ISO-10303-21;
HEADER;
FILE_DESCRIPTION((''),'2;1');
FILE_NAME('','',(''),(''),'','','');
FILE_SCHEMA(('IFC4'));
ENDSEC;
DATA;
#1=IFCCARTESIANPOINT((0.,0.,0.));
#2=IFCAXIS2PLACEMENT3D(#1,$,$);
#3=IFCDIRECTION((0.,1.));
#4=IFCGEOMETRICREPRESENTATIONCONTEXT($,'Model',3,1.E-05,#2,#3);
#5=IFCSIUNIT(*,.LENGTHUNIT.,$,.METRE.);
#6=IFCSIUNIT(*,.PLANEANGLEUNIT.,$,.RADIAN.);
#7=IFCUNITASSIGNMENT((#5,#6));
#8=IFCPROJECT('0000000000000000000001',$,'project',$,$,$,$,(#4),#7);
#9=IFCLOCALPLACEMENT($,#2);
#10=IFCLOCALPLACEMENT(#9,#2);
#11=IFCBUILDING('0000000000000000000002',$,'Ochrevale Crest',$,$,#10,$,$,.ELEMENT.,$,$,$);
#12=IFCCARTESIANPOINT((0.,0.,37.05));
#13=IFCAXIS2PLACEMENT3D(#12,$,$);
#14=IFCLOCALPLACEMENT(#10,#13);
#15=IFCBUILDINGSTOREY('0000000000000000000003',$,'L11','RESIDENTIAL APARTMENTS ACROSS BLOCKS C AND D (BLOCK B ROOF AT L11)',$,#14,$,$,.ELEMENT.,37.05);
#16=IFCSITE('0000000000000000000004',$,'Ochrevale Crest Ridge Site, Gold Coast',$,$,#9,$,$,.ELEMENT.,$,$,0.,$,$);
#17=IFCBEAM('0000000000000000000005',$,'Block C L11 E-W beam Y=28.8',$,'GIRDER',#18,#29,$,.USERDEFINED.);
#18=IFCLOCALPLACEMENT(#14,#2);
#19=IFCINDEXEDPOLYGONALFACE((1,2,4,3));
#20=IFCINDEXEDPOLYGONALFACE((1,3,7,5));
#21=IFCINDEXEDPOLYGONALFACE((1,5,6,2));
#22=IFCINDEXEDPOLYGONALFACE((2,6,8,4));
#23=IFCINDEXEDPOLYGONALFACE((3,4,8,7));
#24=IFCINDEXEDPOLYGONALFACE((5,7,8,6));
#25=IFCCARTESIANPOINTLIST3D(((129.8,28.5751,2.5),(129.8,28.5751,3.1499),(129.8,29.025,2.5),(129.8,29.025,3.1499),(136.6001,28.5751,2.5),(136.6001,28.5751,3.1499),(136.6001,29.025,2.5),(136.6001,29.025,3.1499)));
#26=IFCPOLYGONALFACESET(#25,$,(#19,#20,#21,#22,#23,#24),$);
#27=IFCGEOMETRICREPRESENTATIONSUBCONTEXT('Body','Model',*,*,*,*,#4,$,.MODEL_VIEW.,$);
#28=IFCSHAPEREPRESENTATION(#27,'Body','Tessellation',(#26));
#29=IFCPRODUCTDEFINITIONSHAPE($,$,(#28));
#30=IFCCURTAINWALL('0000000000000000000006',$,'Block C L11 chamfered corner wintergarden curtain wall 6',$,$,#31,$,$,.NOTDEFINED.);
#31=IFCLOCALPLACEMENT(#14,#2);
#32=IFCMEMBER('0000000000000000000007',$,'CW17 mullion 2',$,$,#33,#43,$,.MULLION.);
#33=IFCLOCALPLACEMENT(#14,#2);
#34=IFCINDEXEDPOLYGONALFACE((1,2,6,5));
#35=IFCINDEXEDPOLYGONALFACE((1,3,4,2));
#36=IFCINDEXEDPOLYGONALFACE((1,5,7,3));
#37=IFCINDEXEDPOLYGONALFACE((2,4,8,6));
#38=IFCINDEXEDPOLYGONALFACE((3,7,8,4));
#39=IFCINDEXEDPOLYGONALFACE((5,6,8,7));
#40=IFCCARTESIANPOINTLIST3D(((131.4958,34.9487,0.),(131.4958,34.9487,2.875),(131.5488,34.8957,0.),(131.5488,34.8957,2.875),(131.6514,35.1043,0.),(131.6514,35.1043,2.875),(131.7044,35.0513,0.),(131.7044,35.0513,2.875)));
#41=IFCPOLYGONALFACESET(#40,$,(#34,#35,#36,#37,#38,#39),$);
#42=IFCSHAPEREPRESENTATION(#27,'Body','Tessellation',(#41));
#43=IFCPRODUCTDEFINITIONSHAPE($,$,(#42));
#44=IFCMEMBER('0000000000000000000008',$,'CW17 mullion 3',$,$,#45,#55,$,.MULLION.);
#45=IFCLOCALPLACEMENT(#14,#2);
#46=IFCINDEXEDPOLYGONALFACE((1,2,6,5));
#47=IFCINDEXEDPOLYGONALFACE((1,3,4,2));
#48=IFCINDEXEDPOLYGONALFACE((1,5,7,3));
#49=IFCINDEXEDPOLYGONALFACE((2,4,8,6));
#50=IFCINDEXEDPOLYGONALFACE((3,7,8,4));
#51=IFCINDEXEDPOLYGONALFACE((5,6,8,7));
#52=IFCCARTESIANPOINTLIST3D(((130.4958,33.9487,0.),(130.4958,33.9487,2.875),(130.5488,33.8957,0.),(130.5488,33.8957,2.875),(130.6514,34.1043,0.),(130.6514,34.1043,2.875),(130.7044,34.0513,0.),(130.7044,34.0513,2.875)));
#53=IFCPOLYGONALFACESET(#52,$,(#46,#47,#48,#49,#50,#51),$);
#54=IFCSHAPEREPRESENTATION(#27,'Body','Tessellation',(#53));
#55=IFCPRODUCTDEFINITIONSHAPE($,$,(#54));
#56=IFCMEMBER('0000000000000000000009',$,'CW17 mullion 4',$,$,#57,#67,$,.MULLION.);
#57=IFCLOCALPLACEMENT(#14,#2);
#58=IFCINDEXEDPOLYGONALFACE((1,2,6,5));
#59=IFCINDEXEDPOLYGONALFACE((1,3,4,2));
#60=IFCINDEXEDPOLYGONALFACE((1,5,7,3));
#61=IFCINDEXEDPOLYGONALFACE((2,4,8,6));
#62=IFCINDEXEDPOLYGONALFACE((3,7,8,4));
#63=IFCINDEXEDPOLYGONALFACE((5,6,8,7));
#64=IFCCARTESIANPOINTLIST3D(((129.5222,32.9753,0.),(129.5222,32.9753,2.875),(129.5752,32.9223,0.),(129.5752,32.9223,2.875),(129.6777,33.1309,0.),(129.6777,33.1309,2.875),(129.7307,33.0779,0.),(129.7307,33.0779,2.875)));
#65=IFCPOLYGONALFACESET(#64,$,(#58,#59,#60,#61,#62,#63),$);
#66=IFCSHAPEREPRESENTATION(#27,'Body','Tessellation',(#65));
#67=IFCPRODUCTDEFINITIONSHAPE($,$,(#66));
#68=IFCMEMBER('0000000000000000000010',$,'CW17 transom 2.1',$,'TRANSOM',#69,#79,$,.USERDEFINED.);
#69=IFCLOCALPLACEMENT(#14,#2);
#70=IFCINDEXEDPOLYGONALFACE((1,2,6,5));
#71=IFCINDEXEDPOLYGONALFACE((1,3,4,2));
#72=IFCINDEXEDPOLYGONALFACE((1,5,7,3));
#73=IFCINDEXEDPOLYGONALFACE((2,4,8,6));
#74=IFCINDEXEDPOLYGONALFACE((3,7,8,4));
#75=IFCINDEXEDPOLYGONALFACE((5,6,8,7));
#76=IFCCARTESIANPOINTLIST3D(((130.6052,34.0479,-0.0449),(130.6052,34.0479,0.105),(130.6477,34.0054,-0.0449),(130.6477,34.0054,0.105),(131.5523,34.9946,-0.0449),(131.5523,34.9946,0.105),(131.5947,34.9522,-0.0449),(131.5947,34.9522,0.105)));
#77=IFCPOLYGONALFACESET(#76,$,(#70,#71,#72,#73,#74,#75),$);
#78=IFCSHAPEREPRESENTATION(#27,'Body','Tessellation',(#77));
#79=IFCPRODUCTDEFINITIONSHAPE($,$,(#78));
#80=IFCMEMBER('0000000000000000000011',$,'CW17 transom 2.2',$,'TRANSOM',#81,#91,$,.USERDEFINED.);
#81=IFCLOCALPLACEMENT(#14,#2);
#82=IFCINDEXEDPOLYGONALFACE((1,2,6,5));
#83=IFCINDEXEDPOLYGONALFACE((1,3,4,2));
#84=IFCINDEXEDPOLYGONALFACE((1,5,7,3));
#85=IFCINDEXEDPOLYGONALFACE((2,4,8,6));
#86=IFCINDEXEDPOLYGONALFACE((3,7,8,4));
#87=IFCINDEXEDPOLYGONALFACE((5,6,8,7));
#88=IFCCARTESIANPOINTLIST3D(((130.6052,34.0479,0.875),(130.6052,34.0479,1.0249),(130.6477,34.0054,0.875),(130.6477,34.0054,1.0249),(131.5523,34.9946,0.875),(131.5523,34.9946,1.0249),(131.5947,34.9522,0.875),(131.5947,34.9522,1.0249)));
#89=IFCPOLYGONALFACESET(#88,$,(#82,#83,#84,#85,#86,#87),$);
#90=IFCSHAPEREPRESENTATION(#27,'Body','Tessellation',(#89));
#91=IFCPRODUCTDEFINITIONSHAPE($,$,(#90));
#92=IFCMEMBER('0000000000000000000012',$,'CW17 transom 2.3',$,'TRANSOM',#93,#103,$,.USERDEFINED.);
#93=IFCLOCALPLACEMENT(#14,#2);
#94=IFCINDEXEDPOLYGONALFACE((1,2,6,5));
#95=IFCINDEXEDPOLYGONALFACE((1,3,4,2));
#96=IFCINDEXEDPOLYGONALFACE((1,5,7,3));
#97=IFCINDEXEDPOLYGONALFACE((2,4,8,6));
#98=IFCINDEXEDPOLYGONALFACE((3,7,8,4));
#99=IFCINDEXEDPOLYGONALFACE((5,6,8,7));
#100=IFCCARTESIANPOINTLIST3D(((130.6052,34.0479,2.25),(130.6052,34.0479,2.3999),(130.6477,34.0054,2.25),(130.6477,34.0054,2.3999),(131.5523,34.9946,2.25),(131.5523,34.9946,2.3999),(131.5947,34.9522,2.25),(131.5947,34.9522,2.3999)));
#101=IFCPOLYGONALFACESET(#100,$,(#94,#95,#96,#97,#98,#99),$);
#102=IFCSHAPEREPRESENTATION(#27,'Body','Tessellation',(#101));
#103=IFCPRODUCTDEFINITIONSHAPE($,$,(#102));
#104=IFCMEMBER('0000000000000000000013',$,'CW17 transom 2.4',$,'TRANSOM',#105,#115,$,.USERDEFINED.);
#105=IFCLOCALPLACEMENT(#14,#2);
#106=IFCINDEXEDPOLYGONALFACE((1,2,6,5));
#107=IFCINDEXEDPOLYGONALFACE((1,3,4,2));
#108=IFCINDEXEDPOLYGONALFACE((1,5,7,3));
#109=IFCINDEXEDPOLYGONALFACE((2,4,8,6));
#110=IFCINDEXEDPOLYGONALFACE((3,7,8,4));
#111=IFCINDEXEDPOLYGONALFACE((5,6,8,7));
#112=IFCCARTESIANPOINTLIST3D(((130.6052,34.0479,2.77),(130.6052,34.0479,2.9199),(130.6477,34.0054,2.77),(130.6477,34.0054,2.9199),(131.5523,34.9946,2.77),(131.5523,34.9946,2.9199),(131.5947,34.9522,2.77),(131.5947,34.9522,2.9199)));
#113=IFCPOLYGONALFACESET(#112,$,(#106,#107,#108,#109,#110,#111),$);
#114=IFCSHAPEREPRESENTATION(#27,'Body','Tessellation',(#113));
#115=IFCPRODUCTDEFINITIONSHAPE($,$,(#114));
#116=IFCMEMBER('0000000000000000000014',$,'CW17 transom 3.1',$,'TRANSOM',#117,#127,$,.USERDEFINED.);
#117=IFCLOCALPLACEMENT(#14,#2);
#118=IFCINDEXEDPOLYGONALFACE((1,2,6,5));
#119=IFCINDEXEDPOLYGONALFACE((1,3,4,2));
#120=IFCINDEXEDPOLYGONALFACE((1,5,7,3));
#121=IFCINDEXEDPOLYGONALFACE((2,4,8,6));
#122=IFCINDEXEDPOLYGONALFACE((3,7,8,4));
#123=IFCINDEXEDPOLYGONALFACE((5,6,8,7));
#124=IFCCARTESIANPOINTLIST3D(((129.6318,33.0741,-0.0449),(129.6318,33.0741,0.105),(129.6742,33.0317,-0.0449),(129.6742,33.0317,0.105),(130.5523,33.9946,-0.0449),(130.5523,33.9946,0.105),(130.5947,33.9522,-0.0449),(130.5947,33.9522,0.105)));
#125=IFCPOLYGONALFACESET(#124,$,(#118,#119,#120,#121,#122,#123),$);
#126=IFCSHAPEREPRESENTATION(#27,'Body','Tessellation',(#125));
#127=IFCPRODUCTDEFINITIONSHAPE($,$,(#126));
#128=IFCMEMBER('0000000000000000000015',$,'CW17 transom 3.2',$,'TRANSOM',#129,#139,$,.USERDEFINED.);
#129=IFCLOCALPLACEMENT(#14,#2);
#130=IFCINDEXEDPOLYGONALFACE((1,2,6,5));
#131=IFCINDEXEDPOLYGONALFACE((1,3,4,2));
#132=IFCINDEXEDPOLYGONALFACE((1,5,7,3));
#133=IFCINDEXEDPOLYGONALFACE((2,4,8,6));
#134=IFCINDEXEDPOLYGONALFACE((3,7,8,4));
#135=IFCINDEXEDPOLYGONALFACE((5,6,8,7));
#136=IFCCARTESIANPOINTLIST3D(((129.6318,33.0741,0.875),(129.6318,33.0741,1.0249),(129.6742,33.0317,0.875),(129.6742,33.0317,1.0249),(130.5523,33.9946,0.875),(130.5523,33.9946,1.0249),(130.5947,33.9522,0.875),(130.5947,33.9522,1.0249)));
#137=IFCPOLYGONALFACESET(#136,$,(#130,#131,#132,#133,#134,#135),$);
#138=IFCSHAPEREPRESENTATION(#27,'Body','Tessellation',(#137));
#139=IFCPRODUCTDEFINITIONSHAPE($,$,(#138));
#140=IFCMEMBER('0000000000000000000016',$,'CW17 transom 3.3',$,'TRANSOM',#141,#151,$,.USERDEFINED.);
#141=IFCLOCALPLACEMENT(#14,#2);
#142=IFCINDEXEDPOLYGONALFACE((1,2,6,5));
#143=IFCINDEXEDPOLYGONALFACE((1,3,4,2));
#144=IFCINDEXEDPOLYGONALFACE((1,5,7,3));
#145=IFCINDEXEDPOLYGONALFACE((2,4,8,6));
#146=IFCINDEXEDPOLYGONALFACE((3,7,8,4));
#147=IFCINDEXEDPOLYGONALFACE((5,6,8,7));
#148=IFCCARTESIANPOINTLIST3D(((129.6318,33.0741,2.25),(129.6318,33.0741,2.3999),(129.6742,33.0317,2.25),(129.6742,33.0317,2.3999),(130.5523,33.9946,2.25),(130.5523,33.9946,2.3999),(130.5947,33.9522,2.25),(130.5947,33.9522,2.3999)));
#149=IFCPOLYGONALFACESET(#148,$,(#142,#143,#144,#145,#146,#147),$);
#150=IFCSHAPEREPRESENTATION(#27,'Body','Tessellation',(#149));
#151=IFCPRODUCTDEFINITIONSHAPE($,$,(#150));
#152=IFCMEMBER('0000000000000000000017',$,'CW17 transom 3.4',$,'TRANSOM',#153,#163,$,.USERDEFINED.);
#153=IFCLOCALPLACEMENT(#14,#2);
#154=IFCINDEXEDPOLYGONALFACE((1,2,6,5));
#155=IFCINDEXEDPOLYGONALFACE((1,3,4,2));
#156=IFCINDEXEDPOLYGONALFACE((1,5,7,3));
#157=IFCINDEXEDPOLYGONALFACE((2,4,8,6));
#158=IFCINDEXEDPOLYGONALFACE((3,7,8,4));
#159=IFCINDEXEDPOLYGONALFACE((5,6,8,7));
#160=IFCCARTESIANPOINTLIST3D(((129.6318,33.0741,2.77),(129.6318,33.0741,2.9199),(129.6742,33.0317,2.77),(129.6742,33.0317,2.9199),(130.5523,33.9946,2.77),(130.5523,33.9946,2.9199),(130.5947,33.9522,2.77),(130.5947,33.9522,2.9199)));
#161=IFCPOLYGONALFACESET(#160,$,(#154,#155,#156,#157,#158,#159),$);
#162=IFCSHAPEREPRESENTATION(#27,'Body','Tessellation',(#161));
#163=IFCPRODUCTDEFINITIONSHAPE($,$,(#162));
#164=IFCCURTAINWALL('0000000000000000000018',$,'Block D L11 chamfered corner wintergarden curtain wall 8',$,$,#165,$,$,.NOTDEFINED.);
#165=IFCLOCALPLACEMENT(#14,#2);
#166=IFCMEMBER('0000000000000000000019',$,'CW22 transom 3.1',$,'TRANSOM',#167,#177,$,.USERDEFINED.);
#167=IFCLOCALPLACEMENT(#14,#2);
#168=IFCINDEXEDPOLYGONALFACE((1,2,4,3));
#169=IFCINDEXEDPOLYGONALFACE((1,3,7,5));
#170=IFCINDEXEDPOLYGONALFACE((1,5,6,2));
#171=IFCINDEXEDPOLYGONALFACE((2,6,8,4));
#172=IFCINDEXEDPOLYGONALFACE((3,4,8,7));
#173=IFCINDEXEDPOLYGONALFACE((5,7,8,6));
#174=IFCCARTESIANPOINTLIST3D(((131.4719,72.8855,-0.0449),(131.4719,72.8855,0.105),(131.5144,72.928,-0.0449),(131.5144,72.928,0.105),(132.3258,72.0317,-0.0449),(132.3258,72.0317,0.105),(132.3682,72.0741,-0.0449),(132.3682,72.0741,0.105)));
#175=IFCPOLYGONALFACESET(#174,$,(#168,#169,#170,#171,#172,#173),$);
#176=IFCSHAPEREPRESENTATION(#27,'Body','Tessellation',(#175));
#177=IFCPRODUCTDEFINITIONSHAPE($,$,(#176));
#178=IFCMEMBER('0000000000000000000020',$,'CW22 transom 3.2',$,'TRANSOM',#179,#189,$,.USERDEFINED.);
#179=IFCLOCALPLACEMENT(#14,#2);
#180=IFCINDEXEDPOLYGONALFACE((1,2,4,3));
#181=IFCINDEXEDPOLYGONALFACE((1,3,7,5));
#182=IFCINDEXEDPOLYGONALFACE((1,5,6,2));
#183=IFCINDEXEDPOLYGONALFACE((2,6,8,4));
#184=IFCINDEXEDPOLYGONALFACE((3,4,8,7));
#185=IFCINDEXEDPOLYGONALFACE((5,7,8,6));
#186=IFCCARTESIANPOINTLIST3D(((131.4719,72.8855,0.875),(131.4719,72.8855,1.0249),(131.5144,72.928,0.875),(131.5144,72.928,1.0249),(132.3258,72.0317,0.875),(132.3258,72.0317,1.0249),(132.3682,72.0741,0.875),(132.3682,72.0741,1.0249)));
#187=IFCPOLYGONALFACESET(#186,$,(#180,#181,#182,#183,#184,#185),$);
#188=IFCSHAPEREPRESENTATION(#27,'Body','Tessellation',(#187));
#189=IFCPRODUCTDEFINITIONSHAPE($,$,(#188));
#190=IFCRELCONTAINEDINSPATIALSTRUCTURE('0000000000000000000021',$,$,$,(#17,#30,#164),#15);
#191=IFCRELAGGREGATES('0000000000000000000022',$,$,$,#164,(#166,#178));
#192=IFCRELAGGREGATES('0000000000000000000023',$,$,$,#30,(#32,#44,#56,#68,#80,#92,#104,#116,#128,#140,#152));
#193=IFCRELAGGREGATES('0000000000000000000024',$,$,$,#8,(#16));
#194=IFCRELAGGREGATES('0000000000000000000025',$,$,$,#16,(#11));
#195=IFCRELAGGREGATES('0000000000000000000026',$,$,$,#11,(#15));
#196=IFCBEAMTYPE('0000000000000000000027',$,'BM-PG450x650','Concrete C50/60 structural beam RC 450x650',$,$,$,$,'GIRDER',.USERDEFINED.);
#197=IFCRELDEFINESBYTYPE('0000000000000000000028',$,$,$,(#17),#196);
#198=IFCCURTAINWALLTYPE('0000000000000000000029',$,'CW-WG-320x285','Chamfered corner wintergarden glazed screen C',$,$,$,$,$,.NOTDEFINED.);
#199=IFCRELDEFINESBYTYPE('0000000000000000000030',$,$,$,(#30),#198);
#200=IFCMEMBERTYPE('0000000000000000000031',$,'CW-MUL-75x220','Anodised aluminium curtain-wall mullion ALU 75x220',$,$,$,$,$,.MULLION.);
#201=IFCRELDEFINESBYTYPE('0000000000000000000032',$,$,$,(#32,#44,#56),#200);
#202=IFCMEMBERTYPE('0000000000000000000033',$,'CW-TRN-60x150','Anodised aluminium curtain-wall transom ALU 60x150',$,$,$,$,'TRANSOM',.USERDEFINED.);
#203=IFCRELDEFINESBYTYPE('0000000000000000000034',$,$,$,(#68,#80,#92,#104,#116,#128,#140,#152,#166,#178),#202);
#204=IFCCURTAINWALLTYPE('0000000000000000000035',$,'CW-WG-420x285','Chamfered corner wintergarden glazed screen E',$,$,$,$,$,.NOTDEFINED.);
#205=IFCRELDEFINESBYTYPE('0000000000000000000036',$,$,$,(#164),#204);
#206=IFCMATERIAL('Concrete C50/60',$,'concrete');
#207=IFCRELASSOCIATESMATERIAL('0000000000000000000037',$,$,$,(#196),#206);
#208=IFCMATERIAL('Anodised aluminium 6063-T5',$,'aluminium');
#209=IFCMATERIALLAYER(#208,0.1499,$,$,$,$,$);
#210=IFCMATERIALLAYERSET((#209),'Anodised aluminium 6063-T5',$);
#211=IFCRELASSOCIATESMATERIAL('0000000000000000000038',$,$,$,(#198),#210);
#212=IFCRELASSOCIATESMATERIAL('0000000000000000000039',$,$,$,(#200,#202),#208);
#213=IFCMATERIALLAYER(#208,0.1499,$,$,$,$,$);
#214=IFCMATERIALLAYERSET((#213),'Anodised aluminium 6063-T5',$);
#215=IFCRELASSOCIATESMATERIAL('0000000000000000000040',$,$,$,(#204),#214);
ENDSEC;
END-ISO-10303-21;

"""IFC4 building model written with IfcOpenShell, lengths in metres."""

from ifc_helpers import new_model, si_unit, direction, frame, origin, origin_2d, place, context, subcontext, project, spatial, rectangle, extrude, material, layer, layer_set, material_profile, profile_set, type_object, element, aggregate, save


model = new_model("IFC4")

# Units and contexts
model_context = context("Model", 3, precision=1e-05, world=origin(), true_north=direction((0.0, 1.0)))
body_context = subcontext(model_context, "Body", "Model", "MODEL_VIEW")
ifc_project = project(units=[si_unit("LENGTHUNIT", "METRE"), si_unit("PLANEANGLEUNIT", "RADIAN")], contexts=[model_context])

# Site, building, storey
site_placement = place(None, origin())
site = spatial("IfcSite", under=ifc_project, at=site_placement, Name="Ochrevale Crest Ridge Site, Gold Coast", CompositionType="ELEMENT", RefElevation=0.0)
building_placement = place(site_placement, origin())
building = spatial("IfcBuilding", under=site, at=building_placement, Name="Ochrevale Crest", CompositionType="ELEMENT")
storey_placement = place(building_placement, frame((0.0, 0.0, 37.05)))
storey = spatial("IfcBuildingStorey", under=building, at=storey_placement, Name="L11", Description="RESIDENTIAL APARTMENTS ACROSS BLOCKS C AND D (BLOCK B ROOF AT L11)", CompositionType="ELEMENT", Elevation=37.05)

# Beam
ifc_material_1 = material(Name="Concrete C50/60", Category="concrete")
ifc_material_profile_1 = material_profile(ifc_material_1, rectangle(XDim=0.45, YDim=0.6499, at=origin_2d()), Name="RC 450x650")
ifc_profile_set_1 = profile_set([ifc_material_profile_1], Name="Concrete C50/60")
beam_type = type_object("IfcBeamType", Name="BM-PG450x650", Description="Concrete C50/60 structural beam RC 450x650", ElementType="GIRDER", PredefinedType="USERDEFINED", material=ifc_profile_set_1)
beam_placement = place(storey_placement, frame((129.8, 28.8, 2.825), z_axis=(1.0, 0.0, 0.0), x_axis=(0.0, 1.0, 0.0)))
element("IfcBeam", 1, at=beam_placement, inside=storey, type_object=beam_type, Name="Block C L11 E-W beam Y=28.8", ObjectType="GIRDER", PredefinedType="USERDEFINED", context=body_context, shape_type="SweptSolid", body=[
    extrude(rectangle(XDim=0.45, YDim=0.6499, at=origin_2d()), origin(), (0.0, 0.0, 1.0), 6.8),
])

# Curtain walls, members
ifc_material_2 = material(Name="Anodised aluminium 6063-T5", Category="aluminium")
ifc_layer_1 = layer(ifc_material_2, 0.1499)
ifc_layer_set_1 = layer_set([ifc_layer_1], Name="Anodised aluminium 6063-T5")
curtain_wall_type_1 = type_object("IfcCurtainWallType", Name="CW-WG-320x285", Description="Chamfered corner wintergarden glazed screen C", PredefinedType="NOTDEFINED", material=ifc_layer_set_1)
curtain_wall_1_placement = place(storey_placement, origin())
curtain_wall_1 = element("IfcCurtainWall", 2, at=curtain_wall_1_placement, inside=storey, type_object=curtain_wall_type_1, Name="Block C L11 chamfered corner wintergarden curtain wall 6", PredefinedType="NOTDEFINED")
ifc_material_profile_2 = material_profile(ifc_material_2, rectangle(XDim=0.075, YDim=0.22, at=origin_2d()), Name="ALU 75x220")
ifc_profile_set_2 = profile_set([ifc_material_profile_2], Name="Anodised aluminium 6063-T5")
member_type_1 = type_object("IfcMemberType", Name="CW-MUL-75x220", Description="Anodised aluminium curtain-wall mullion ALU 75x220", PredefinedType="MULLION", material=ifc_profile_set_2)
member_1_placement = place(storey_placement, frame((131.6001, 35.0, 0.0), z_axis=(0.0, 0.0, 1.0), x_axis=(0.707107, -0.707107, 0.0)))
member_1 = element("IfcMember", 3, at=member_1_placement, type_object=member_type_1, Name="CW17 mullion 2", PredefinedType="MULLION", context=body_context, shape_type="SweptSolid", body=[
    extrude(rectangle(XDim=0.075, YDim=0.22, at=origin_2d()), origin(), (0.0, 0.0, 1.0), 2.875),
])
member_2_placement = place(storey_placement, frame((130.6001, 34.0, 0.0), z_axis=(0.0, 0.0, 1.0), x_axis=(0.707107, -0.707107, 0.0)))
member_2 = element("IfcMember", 4, at=member_2_placement, type_object=member_type_1, Name="CW17 mullion 3", PredefinedType="MULLION", context=body_context, shape_type="SweptSolid", body=[
    extrude(rectangle(XDim=0.075, YDim=0.22, at=origin_2d()), origin(), (0.0, 0.0, 1.0), 2.875),
])
member_3_placement = place(storey_placement, frame((129.6265, 33.0266, 0.0), z_axis=(0.0, 0.0, 1.0), x_axis=(0.707107, -0.707107, 0.0)))
member_3 = element("IfcMember", 5, at=member_3_placement, type_object=member_type_1, Name="CW17 mullion 4", PredefinedType="MULLION", context=body_context, shape_type="SweptSolid", body=[
    extrude(rectangle(XDim=0.075, YDim=0.22, at=origin_2d()), origin(), (0.0, 0.0, 1.0), 2.875),
])
ifc_material_profile_3 = material_profile(ifc_material_2, rectangle(XDim=0.0601, YDim=0.1499, at=origin_2d()), Name="ALU 60x150")
ifc_profile_set_3 = profile_set([ifc_material_profile_3], Name="Anodised aluminium 6063-T5")
member_type_2 = type_object("IfcMemberType", Name="CW-TRN-60x150", Description="Anodised aluminium curtain-wall transom ALU 60x150", ElementType="TRANSOM", PredefinedType="USERDEFINED", material=ifc_profile_set_3)
member_4_placement = place(storey_placement, frame((131.5735, 34.9734, 0.03), z_axis=(-0.707198, -0.707016, 0.0), x_axis=(0.707016, -0.707198, 0.0)))
member_4 = element("IfcMember", 6, at=member_4_placement, type_object=member_type_2, Name="CW17 transom 2.1", ObjectType="TRANSOM", PredefinedType="USERDEFINED", context=body_context, shape_type="SweptSolid", body=[
    extrude(rectangle(XDim=0.0601, YDim=0.1499, at=origin_2d()), origin(), (0.0, 0.0, 1.0), 1.3391),
])
member_5_placement = place(storey_placement, frame((131.5735, 34.9734, 0.95), z_axis=(-0.707198, -0.707016, 0.0), x_axis=(0.707016, -0.707198, 0.0)))
member_5 = element("IfcMember", 7, at=member_5_placement, type_object=member_type_2, Name="CW17 transom 2.2", ObjectType="TRANSOM", PredefinedType="USERDEFINED", context=body_context, shape_type="SweptSolid", body=[
    extrude(rectangle(XDim=0.0601, YDim=0.1499, at=origin_2d()), origin(), (0.0, 0.0, 1.0), 1.3391),
])
member_6_placement = place(storey_placement, frame((131.5735, 34.9734, 2.325), z_axis=(-0.707198, -0.707016, 0.0), x_axis=(0.707016, -0.707198, 0.0)))
member_6 = element("IfcMember", 8, at=member_6_placement, type_object=member_type_2, Name="CW17 transom 2.3", ObjectType="TRANSOM", PredefinedType="USERDEFINED", context=body_context, shape_type="SweptSolid", body=[
    extrude(rectangle(XDim=0.0601, YDim=0.1499, at=origin_2d()), origin(), (0.0, 0.0, 1.0), 1.3391),
])
member_7_placement = place(storey_placement, frame((131.5735, 34.9734, 2.845), z_axis=(-0.707198, -0.707016, 0.0), x_axis=(0.707016, -0.707198, 0.0)))
member_7 = element("IfcMember", 9, at=member_7_placement, type_object=member_type_2, Name="CW17 transom 2.4", ObjectType="TRANSOM", PredefinedType="USERDEFINED", context=body_context, shape_type="SweptSolid", body=[
    extrude(rectangle(XDim=0.0601, YDim=0.1499, at=origin_2d()), origin(), (0.0, 0.0, 1.0), 1.3391),
])
member_8_placement = place(storey_placement, frame((130.5735, 33.9734, 0.03), z_axis=(-0.707107, -0.707107, 0.0), x_axis=(0.707107, -0.707107, 0.0)))
member_8 = element("IfcMember", 10, at=member_8_placement, type_object=member_type_2, Name="CW17 transom 3.1", ObjectType="TRANSOM", PredefinedType="USERDEFINED", context=body_context, shape_type="SweptSolid", body=[
    extrude(rectangle(XDim=0.0601, YDim=0.1499, at=origin_2d()), origin(), (0.0, 0.0, 1.0), 1.3018),
])
member_9_placement = place(storey_placement, frame((130.5735, 33.9734, 0.95), z_axis=(-0.707107, -0.707107, 0.0), x_axis=(0.707107, -0.707107, 0.0)))
member_9 = element("IfcMember", 11, at=member_9_placement, type_object=member_type_2, Name="CW17 transom 3.2", ObjectType="TRANSOM", PredefinedType="USERDEFINED", context=body_context, shape_type="SweptSolid", body=[
    extrude(rectangle(XDim=0.0601, YDim=0.1499, at=origin_2d()), origin(), (0.0, 0.0, 1.0), 1.3018),
])
member_10_placement = place(storey_placement, frame((130.5735, 33.9734, 2.325), z_axis=(-0.707107, -0.707107, 0.0), x_axis=(0.707107, -0.707107, 0.0)))
member_10 = element("IfcMember", 12, at=member_10_placement, type_object=member_type_2, Name="CW17 transom 3.3", ObjectType="TRANSOM", PredefinedType="USERDEFINED", context=body_context, shape_type="SweptSolid", body=[
    extrude(rectangle(XDim=0.0601, YDim=0.1499, at=origin_2d()), origin(), (0.0, 0.0, 1.0), 1.3018),
])
member_11_placement = place(storey_placement, frame((130.5735, 33.9734, 2.845), z_axis=(-0.707107, -0.707107, 0.0), x_axis=(0.707107, -0.707107, 0.0)))
member_11 = element("IfcMember", 13, at=member_11_placement, type_object=member_type_2, Name="CW17 transom 3.4", ObjectType="TRANSOM", PredefinedType="USERDEFINED", context=body_context, shape_type="SweptSolid", body=[
    extrude(rectangle(XDim=0.0601, YDim=0.1499, at=origin_2d()), origin(), (0.0, 0.0, 1.0), 1.3018),
])
ifc_layer_2 = layer(ifc_material_2, 0.1499)
ifc_layer_set_2 = layer_set([ifc_layer_2], Name="Anodised aluminium 6063-T5")
curtain_wall_type_2 = type_object("IfcCurtainWallType", Name="CW-WG-420x285", Description="Chamfered corner wintergarden glazed screen E", PredefinedType="NOTDEFINED", material=ifc_layer_set_2)
curtain_wall_2_placement = place(storey_placement, origin())
curtain_wall_2 = element("IfcCurtainWall", 14, at=curtain_wall_2_placement, inside=storey, type_object=curtain_wall_type_2, Name="Block D L11 chamfered corner wintergarden curtain wall 8", PredefinedType="NOTDEFINED")
member_12_placement = place(storey_placement, frame((131.4932, 72.9067, 0.03), z_axis=(0.707107, -0.707107, 0.0), x_axis=(0.707107, 0.707107, 0.0)))
member_12 = element("IfcMember", 15, at=member_12_placement, type_object=member_type_2, Name="CW22 transom 3.1", ObjectType="TRANSOM", PredefinedType="USERDEFINED", context=body_context, shape_type="SweptSolid", body=[
    extrude(rectangle(XDim=0.0601, YDim=0.1499, at=origin_2d()), origin(), (0.0, 0.0, 1.0), 1.2075),
])
member_13_placement = place(storey_placement, frame((131.4932, 72.9067, 0.95), z_axis=(0.707107, -0.707107, 0.0), x_axis=(0.707107, 0.707107, 0.0)))
member_13 = element("IfcMember", 16, at=member_13_placement, type_object=member_type_2, Name="CW22 transom 3.2", ObjectType="TRANSOM", PredefinedType="USERDEFINED", context=body_context, shape_type="SweptSolid", body=[
    extrude(rectangle(XDim=0.0601, YDim=0.1499, at=origin_2d()), origin(), (0.0, 0.0, 1.0), 1.2075),
])
aggregate(curtain_wall_2, [member_12, member_13])

aggregate(curtain_wall_1, [member_1, member_2, member_3, member_4, member_5, member_6, member_7, member_8, member_9, member_10, member_11])

save(model, "model.ifc")
